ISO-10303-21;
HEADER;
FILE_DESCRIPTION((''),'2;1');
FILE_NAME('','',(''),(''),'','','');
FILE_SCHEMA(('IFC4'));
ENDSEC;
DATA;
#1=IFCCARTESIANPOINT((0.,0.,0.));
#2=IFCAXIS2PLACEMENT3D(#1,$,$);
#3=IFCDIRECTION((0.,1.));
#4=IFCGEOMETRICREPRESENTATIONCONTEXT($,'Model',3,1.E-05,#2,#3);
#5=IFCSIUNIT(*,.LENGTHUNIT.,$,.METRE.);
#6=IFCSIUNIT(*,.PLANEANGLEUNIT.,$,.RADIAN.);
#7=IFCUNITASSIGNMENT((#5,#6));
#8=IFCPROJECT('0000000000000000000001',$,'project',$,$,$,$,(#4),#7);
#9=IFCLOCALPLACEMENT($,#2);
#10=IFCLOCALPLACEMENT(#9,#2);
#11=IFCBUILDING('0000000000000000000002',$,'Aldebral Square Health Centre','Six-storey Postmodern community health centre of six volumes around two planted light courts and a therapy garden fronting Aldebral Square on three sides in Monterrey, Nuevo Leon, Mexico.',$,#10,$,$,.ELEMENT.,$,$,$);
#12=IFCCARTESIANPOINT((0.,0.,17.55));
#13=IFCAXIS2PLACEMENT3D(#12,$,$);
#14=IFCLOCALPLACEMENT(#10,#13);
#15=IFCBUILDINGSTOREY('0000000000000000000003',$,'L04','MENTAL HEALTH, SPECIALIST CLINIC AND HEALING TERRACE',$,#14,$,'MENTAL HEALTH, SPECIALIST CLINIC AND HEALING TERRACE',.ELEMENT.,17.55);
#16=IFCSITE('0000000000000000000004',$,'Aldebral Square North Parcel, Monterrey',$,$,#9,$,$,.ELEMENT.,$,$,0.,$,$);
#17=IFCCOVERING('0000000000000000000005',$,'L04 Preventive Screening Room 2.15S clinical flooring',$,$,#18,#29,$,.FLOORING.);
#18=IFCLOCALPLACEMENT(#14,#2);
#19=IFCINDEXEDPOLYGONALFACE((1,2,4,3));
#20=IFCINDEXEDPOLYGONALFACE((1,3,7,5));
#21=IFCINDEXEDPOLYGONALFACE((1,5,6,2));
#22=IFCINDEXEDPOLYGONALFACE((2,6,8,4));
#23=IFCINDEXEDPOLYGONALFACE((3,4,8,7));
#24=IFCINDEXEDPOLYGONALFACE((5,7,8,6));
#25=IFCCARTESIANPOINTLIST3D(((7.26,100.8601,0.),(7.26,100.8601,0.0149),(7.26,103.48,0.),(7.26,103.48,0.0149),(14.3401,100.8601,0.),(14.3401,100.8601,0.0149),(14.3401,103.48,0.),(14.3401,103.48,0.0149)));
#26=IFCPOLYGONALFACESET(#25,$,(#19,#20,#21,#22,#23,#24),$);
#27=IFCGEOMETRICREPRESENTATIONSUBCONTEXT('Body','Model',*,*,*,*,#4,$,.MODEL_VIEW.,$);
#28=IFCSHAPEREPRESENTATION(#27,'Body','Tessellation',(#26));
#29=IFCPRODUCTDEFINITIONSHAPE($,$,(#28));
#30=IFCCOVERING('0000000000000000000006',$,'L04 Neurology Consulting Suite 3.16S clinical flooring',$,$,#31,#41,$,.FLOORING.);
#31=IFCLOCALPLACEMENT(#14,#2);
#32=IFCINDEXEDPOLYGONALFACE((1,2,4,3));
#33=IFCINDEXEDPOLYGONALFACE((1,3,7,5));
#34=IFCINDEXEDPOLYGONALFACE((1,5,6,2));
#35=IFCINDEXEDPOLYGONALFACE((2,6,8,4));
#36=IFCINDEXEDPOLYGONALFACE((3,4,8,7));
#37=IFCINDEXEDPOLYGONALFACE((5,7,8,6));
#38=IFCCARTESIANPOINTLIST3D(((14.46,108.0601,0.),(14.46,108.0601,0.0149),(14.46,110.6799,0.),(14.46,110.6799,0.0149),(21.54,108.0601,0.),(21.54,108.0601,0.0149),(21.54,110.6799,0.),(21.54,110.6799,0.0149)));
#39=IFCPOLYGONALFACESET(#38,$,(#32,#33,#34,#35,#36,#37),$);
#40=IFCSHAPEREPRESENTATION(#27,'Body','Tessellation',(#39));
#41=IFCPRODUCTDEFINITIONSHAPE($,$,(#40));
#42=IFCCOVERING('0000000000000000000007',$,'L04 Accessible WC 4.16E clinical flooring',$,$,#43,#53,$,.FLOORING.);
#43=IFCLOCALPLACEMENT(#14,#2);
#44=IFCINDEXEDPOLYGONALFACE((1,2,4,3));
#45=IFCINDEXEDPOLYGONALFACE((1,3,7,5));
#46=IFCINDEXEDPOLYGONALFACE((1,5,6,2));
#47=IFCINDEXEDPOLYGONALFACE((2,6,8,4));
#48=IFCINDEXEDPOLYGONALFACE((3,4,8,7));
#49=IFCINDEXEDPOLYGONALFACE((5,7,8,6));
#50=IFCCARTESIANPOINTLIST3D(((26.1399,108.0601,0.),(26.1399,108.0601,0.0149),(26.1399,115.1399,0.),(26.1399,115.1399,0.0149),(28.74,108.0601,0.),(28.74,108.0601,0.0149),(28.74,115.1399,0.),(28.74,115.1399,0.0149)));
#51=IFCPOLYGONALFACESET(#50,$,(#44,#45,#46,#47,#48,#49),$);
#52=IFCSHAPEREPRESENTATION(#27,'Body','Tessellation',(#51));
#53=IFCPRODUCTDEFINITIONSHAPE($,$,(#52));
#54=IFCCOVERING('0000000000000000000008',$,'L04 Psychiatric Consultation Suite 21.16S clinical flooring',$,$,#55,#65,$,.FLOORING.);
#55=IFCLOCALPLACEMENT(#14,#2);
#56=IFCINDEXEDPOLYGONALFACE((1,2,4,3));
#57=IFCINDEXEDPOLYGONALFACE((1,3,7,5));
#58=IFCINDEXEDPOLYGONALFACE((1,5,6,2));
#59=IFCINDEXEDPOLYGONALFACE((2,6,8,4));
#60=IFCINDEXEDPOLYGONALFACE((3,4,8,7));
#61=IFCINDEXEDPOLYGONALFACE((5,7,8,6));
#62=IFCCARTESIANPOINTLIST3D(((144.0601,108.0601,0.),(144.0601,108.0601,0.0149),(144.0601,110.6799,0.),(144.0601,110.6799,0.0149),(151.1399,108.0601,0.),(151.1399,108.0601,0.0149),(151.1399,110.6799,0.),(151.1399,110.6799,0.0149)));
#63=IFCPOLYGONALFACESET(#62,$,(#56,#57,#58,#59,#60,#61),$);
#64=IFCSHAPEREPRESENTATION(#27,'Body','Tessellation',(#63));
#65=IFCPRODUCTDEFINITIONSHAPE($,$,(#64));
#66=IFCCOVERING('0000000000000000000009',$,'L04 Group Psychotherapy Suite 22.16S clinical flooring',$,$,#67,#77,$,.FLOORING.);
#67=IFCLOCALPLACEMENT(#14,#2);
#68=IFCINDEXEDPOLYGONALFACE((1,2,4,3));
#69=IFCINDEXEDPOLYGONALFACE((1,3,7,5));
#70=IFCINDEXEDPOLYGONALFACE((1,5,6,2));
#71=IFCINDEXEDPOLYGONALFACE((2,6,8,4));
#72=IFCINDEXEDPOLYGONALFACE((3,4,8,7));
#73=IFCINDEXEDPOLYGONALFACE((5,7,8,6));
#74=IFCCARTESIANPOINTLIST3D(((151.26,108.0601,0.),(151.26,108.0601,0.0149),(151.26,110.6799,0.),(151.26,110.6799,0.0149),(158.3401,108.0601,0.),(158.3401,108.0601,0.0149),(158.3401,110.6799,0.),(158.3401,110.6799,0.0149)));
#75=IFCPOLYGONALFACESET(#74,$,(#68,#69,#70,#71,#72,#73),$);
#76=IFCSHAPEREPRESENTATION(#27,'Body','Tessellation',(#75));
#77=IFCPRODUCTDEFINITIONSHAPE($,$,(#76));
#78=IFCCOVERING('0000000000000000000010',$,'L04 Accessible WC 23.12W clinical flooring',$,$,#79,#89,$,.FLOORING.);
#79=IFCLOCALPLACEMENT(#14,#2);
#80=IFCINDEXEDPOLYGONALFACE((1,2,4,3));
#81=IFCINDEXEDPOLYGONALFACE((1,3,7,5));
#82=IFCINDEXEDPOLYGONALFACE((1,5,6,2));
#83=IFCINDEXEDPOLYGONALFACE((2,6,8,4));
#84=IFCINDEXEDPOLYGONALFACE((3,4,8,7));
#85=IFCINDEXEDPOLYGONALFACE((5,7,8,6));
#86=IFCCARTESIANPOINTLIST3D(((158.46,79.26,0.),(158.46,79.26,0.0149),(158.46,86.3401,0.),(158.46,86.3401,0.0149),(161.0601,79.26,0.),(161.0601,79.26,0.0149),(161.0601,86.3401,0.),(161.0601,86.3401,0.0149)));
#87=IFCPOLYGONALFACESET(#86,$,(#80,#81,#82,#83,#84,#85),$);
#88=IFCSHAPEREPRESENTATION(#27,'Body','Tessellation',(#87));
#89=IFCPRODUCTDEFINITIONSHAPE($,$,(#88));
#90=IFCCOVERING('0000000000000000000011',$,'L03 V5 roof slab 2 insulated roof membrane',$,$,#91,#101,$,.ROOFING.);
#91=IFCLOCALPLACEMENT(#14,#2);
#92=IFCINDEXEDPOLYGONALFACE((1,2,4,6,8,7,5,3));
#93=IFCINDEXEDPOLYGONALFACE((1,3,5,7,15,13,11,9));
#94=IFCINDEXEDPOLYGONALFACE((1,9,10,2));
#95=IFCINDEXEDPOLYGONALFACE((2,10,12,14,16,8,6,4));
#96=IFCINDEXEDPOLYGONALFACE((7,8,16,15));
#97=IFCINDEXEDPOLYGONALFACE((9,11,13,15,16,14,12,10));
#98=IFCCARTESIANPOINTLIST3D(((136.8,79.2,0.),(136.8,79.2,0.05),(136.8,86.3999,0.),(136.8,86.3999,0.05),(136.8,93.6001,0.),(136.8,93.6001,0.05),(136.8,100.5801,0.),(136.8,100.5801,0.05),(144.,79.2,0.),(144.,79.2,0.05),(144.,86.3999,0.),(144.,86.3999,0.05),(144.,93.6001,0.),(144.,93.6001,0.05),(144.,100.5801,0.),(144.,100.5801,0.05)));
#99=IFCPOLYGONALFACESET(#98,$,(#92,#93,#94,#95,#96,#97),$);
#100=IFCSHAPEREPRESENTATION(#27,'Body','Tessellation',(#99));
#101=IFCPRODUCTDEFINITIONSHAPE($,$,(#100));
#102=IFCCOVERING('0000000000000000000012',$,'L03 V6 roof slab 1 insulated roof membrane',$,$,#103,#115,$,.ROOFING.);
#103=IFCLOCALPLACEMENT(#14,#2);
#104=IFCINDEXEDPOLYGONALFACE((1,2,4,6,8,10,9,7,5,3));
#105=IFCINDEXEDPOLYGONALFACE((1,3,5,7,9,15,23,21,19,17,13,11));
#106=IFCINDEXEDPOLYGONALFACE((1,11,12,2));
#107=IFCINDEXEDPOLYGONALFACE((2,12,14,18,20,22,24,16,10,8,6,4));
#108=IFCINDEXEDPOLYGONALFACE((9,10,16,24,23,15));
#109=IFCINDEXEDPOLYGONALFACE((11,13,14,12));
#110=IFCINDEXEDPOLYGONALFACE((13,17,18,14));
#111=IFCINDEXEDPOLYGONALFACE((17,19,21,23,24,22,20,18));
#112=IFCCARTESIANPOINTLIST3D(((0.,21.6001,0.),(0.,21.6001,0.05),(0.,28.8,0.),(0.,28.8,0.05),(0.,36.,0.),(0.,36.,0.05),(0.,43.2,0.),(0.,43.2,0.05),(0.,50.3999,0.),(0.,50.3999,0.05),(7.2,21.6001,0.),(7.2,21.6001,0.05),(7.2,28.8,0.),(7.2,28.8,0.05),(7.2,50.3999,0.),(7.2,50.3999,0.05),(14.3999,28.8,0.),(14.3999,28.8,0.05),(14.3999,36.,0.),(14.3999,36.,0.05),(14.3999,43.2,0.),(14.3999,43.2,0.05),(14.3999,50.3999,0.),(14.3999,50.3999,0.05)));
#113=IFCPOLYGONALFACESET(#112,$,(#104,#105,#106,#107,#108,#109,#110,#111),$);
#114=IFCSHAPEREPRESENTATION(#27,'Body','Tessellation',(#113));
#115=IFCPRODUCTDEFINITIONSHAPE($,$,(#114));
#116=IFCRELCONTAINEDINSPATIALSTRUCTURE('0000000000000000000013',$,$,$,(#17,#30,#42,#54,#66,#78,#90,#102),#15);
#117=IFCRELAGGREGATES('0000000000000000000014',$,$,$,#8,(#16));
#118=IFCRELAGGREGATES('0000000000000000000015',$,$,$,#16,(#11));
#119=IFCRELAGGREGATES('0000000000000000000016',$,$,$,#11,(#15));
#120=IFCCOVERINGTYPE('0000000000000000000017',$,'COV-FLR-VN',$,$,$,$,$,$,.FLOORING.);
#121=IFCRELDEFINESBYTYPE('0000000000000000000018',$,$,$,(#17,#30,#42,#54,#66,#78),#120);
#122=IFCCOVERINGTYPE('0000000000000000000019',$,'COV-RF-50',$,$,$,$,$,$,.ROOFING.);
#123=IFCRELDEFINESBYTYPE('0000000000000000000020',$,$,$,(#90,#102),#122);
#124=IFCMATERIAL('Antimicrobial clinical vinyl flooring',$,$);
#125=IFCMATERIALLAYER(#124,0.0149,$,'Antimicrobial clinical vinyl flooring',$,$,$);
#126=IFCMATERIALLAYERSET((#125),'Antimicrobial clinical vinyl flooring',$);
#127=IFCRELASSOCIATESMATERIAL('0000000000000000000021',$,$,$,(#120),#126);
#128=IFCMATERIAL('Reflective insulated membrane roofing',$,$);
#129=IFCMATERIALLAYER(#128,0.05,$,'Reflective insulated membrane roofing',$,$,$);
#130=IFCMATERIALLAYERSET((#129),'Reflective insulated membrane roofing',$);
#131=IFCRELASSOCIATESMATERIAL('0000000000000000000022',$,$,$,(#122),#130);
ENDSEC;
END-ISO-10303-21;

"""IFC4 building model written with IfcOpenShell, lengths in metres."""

from ifc_helpers import new_model, si_unit, direction, frame, origin, place, context, subcontext, project, spatial, polyline, outline, extrude, material, layer, layer_set, type_object, element, save


model = new_model("IFC4")

# Units and contexts
model_context = context("Model", 3, precision=1e-05, world=origin(), true_north=direction((0.0, 1.0)))
body_context = subcontext(model_context, "Body", "Model", "MODEL_VIEW")
ifc_project = project(units=[si_unit("LENGTHUNIT", "METRE"), si_unit("PLANEANGLEUNIT", "RADIAN")], contexts=[model_context])

# Site, building, storey
site_placement = place(None, origin())
site = spatial("IfcSite", under=ifc_project, at=site_placement, Name="Aldebral Square North Parcel, Monterrey", CompositionType="ELEMENT", RefElevation=0.0)
building_placement = place(site_placement, origin())
building = spatial("IfcBuilding", under=site, at=building_placement, Name="Aldebral Square Health Centre", Description="Six-storey Postmodern community health centre of six volumes around two planted light courts and a therapy garden fronting Aldebral Square on three sides in Monterrey, Nuevo Leon, Mexico.", CompositionType="ELEMENT")
storey_placement = place(building_placement, frame((0.0, 0.0, 17.55)))
storey = spatial("IfcBuildingStorey", under=building, at=storey_placement, Name="L04", Description="MENTAL HEALTH, SPECIALIST CLINIC AND HEALING TERRACE", LongName="MENTAL HEALTH, SPECIALIST CLINIC AND HEALING TERRACE", CompositionType="ELEMENT", Elevation=17.55)

# Coverings
ifc_material_1 = material(Name="Antimicrobial clinical vinyl flooring")
ifc_layer_1 = layer(ifc_material_1, 0.0149, Name="Antimicrobial clinical vinyl flooring")
ifc_layer_set_1 = layer_set([ifc_layer_1], Name="Antimicrobial clinical vinyl flooring")
covering_type_1 = type_object("IfcCoveringType", Name="COV-FLR-VN", PredefinedType="FLOORING", material=ifc_layer_set_1)
covering_1_placement = place(storey_placement, origin())
element("IfcCovering", 1, at=covering_1_placement, inside=storey, type_object=covering_type_1, Name="L04 Preventive Screening Room 2.15S clinical flooring", PredefinedType="FLOORING", context=body_context, shape_type="SweptSolid", body=[
    extrude(outline(polyline([(7.26, 100.8601), (14.3401, 100.8601), (14.3401, 103.48), (7.26, 103.48), (7.26, 100.8601)])), origin(), (0.0, 0.0, 1.0), 0.0149),
])
covering_2_placement = place(storey_placement, origin())
element("IfcCovering", 2, at=covering_2_placement, inside=storey, type_object=covering_type_1, Name="L04 Neurology Consulting Suite 3.16S clinical flooring", PredefinedType="FLOORING", context=body_context, shape_type="SweptSolid", body=[
    extrude(outline(polyline([(14.46, 108.0601), (21.54, 108.0601), (21.54, 110.6799), (14.46, 110.6799), (14.46, 108.0601)])), origin(), (0.0, 0.0, 1.0), 0.0149),
])
covering_3_placement = place(storey_placement, origin())
element("IfcCovering", 3, at=covering_3_placement, inside=storey, type_object=covering_type_1, Name="L04 Accessible WC 4.16E clinical flooring", PredefinedType="FLOORING", context=body_context, shape_type="SweptSolid", body=[
    extrude(outline(polyline([(26.1399, 108.0601), (28.74, 108.0601), (28.74, 115.1399), (26.1399, 115.1399), (26.1399, 108.0601)])), origin(), (0.0, 0.0, 1.0), 0.0149),
])
covering_4_placement = place(storey_placement, origin())
element("IfcCovering", 4, at=covering_4_placement, inside=storey, type_object=covering_type_1, Name="L04 Psychiatric Consultation Suite 21.16S clinical flooring", PredefinedType="FLOORING", context=body_context, shape_type="SweptSolid", body=[
    extrude(outline(polyline([(144.0601, 108.0601), (151.1399, 108.0601), (151.1399, 110.6799), (144.0601, 110.6799), (144.0601, 108.0601)])), origin(), (0.0, 0.0, 1.0), 0.0149),
])
covering_5_placement = place(storey_placement, origin())
element("IfcCovering", 5, at=covering_5_placement, inside=storey, type_object=covering_type_1, Name="L04 Group Psychotherapy Suite 22.16S clinical flooring", PredefinedType="FLOORING", context=body_context, shape_type="SweptSolid", body=[
    extrude(outline(polyline([(151.26, 108.0601), (158.3401, 108.0601), (158.3401, 110.6799), (151.26, 110.6799), (151.26, 108.0601)])), origin(), (0.0, 0.0, 1.0), 0.0149),
])
covering_6_placement = place(storey_placement, origin())
element("IfcCovering", 6, at=covering_6_placement, inside=storey, type_object=covering_type_1, Name="L04 Accessible WC 23.12W clinical flooring", PredefinedType="FLOORING", context=body_context, shape_type="SweptSolid", body=[
    extrude(outline(polyline([(158.46, 79.26), (161.0601, 79.26), (161.0601, 86.3401), (158.46, 86.3401), (158.46, 79.26)])), origin(), (0.0, 0.0, 1.0), 0.0149),
])
ifc_material_2 = material(Name="Reflective insulated membrane roofing")
ifc_layer_2 = layer(ifc_material_2, 0.05, Name="Reflective insulated membrane roofing")
ifc_layer_set_2 = layer_set([ifc_layer_2], Name="Reflective insulated membrane roofing")
covering_type_2 = type_object("IfcCoveringType", Name="COV-RF-50", PredefinedType="ROOFING", material=ifc_layer_set_2)
covering_7_placement = place(storey_placement, origin())
element("IfcCovering", 7, at=covering_7_placement, inside=storey, type_object=covering_type_2, Name="L03 V5 roof slab 2 insulated roof membrane", PredefinedType="ROOFING", context=body_context, shape_type="SweptSolid", body=[
    extrude(outline(polyline([(136.8, 86.3999), (136.8, 93.6001), (136.8, 100.5801), (144.0, 100.5801), (144.0, 93.6001), (144.0, 86.3999), (144.0, 79.2), (136.8, 79.2), (136.8, 86.3999)])), origin(), (0.0, 0.0, 1.0), 0.05),
])
covering_8_placement = place(storey_placement, origin())
element("IfcCovering", 8, at=covering_8_placement, inside=storey, type_object=covering_type_2, Name="L03 V6 roof slab 1 insulated roof membrane", PredefinedType="ROOFING", context=body_context, shape_type="SweptSolid", body=[
    extrude(outline(polyline([(0.0, 28.8), (0.0, 36.0), (0.0, 43.2), (0.0, 50.3999), (7.2, 50.3999), (14.3999, 50.3999), (14.3999, 43.2), (14.3999, 36.0), (14.3999, 28.8), (7.2, 28.8), (7.2, 21.6001), (0.0, 21.6001), (0.0, 28.8)])), origin(), (0.0, 0.0, 1.0), 0.05),
])

save(model, "model.ifc")
